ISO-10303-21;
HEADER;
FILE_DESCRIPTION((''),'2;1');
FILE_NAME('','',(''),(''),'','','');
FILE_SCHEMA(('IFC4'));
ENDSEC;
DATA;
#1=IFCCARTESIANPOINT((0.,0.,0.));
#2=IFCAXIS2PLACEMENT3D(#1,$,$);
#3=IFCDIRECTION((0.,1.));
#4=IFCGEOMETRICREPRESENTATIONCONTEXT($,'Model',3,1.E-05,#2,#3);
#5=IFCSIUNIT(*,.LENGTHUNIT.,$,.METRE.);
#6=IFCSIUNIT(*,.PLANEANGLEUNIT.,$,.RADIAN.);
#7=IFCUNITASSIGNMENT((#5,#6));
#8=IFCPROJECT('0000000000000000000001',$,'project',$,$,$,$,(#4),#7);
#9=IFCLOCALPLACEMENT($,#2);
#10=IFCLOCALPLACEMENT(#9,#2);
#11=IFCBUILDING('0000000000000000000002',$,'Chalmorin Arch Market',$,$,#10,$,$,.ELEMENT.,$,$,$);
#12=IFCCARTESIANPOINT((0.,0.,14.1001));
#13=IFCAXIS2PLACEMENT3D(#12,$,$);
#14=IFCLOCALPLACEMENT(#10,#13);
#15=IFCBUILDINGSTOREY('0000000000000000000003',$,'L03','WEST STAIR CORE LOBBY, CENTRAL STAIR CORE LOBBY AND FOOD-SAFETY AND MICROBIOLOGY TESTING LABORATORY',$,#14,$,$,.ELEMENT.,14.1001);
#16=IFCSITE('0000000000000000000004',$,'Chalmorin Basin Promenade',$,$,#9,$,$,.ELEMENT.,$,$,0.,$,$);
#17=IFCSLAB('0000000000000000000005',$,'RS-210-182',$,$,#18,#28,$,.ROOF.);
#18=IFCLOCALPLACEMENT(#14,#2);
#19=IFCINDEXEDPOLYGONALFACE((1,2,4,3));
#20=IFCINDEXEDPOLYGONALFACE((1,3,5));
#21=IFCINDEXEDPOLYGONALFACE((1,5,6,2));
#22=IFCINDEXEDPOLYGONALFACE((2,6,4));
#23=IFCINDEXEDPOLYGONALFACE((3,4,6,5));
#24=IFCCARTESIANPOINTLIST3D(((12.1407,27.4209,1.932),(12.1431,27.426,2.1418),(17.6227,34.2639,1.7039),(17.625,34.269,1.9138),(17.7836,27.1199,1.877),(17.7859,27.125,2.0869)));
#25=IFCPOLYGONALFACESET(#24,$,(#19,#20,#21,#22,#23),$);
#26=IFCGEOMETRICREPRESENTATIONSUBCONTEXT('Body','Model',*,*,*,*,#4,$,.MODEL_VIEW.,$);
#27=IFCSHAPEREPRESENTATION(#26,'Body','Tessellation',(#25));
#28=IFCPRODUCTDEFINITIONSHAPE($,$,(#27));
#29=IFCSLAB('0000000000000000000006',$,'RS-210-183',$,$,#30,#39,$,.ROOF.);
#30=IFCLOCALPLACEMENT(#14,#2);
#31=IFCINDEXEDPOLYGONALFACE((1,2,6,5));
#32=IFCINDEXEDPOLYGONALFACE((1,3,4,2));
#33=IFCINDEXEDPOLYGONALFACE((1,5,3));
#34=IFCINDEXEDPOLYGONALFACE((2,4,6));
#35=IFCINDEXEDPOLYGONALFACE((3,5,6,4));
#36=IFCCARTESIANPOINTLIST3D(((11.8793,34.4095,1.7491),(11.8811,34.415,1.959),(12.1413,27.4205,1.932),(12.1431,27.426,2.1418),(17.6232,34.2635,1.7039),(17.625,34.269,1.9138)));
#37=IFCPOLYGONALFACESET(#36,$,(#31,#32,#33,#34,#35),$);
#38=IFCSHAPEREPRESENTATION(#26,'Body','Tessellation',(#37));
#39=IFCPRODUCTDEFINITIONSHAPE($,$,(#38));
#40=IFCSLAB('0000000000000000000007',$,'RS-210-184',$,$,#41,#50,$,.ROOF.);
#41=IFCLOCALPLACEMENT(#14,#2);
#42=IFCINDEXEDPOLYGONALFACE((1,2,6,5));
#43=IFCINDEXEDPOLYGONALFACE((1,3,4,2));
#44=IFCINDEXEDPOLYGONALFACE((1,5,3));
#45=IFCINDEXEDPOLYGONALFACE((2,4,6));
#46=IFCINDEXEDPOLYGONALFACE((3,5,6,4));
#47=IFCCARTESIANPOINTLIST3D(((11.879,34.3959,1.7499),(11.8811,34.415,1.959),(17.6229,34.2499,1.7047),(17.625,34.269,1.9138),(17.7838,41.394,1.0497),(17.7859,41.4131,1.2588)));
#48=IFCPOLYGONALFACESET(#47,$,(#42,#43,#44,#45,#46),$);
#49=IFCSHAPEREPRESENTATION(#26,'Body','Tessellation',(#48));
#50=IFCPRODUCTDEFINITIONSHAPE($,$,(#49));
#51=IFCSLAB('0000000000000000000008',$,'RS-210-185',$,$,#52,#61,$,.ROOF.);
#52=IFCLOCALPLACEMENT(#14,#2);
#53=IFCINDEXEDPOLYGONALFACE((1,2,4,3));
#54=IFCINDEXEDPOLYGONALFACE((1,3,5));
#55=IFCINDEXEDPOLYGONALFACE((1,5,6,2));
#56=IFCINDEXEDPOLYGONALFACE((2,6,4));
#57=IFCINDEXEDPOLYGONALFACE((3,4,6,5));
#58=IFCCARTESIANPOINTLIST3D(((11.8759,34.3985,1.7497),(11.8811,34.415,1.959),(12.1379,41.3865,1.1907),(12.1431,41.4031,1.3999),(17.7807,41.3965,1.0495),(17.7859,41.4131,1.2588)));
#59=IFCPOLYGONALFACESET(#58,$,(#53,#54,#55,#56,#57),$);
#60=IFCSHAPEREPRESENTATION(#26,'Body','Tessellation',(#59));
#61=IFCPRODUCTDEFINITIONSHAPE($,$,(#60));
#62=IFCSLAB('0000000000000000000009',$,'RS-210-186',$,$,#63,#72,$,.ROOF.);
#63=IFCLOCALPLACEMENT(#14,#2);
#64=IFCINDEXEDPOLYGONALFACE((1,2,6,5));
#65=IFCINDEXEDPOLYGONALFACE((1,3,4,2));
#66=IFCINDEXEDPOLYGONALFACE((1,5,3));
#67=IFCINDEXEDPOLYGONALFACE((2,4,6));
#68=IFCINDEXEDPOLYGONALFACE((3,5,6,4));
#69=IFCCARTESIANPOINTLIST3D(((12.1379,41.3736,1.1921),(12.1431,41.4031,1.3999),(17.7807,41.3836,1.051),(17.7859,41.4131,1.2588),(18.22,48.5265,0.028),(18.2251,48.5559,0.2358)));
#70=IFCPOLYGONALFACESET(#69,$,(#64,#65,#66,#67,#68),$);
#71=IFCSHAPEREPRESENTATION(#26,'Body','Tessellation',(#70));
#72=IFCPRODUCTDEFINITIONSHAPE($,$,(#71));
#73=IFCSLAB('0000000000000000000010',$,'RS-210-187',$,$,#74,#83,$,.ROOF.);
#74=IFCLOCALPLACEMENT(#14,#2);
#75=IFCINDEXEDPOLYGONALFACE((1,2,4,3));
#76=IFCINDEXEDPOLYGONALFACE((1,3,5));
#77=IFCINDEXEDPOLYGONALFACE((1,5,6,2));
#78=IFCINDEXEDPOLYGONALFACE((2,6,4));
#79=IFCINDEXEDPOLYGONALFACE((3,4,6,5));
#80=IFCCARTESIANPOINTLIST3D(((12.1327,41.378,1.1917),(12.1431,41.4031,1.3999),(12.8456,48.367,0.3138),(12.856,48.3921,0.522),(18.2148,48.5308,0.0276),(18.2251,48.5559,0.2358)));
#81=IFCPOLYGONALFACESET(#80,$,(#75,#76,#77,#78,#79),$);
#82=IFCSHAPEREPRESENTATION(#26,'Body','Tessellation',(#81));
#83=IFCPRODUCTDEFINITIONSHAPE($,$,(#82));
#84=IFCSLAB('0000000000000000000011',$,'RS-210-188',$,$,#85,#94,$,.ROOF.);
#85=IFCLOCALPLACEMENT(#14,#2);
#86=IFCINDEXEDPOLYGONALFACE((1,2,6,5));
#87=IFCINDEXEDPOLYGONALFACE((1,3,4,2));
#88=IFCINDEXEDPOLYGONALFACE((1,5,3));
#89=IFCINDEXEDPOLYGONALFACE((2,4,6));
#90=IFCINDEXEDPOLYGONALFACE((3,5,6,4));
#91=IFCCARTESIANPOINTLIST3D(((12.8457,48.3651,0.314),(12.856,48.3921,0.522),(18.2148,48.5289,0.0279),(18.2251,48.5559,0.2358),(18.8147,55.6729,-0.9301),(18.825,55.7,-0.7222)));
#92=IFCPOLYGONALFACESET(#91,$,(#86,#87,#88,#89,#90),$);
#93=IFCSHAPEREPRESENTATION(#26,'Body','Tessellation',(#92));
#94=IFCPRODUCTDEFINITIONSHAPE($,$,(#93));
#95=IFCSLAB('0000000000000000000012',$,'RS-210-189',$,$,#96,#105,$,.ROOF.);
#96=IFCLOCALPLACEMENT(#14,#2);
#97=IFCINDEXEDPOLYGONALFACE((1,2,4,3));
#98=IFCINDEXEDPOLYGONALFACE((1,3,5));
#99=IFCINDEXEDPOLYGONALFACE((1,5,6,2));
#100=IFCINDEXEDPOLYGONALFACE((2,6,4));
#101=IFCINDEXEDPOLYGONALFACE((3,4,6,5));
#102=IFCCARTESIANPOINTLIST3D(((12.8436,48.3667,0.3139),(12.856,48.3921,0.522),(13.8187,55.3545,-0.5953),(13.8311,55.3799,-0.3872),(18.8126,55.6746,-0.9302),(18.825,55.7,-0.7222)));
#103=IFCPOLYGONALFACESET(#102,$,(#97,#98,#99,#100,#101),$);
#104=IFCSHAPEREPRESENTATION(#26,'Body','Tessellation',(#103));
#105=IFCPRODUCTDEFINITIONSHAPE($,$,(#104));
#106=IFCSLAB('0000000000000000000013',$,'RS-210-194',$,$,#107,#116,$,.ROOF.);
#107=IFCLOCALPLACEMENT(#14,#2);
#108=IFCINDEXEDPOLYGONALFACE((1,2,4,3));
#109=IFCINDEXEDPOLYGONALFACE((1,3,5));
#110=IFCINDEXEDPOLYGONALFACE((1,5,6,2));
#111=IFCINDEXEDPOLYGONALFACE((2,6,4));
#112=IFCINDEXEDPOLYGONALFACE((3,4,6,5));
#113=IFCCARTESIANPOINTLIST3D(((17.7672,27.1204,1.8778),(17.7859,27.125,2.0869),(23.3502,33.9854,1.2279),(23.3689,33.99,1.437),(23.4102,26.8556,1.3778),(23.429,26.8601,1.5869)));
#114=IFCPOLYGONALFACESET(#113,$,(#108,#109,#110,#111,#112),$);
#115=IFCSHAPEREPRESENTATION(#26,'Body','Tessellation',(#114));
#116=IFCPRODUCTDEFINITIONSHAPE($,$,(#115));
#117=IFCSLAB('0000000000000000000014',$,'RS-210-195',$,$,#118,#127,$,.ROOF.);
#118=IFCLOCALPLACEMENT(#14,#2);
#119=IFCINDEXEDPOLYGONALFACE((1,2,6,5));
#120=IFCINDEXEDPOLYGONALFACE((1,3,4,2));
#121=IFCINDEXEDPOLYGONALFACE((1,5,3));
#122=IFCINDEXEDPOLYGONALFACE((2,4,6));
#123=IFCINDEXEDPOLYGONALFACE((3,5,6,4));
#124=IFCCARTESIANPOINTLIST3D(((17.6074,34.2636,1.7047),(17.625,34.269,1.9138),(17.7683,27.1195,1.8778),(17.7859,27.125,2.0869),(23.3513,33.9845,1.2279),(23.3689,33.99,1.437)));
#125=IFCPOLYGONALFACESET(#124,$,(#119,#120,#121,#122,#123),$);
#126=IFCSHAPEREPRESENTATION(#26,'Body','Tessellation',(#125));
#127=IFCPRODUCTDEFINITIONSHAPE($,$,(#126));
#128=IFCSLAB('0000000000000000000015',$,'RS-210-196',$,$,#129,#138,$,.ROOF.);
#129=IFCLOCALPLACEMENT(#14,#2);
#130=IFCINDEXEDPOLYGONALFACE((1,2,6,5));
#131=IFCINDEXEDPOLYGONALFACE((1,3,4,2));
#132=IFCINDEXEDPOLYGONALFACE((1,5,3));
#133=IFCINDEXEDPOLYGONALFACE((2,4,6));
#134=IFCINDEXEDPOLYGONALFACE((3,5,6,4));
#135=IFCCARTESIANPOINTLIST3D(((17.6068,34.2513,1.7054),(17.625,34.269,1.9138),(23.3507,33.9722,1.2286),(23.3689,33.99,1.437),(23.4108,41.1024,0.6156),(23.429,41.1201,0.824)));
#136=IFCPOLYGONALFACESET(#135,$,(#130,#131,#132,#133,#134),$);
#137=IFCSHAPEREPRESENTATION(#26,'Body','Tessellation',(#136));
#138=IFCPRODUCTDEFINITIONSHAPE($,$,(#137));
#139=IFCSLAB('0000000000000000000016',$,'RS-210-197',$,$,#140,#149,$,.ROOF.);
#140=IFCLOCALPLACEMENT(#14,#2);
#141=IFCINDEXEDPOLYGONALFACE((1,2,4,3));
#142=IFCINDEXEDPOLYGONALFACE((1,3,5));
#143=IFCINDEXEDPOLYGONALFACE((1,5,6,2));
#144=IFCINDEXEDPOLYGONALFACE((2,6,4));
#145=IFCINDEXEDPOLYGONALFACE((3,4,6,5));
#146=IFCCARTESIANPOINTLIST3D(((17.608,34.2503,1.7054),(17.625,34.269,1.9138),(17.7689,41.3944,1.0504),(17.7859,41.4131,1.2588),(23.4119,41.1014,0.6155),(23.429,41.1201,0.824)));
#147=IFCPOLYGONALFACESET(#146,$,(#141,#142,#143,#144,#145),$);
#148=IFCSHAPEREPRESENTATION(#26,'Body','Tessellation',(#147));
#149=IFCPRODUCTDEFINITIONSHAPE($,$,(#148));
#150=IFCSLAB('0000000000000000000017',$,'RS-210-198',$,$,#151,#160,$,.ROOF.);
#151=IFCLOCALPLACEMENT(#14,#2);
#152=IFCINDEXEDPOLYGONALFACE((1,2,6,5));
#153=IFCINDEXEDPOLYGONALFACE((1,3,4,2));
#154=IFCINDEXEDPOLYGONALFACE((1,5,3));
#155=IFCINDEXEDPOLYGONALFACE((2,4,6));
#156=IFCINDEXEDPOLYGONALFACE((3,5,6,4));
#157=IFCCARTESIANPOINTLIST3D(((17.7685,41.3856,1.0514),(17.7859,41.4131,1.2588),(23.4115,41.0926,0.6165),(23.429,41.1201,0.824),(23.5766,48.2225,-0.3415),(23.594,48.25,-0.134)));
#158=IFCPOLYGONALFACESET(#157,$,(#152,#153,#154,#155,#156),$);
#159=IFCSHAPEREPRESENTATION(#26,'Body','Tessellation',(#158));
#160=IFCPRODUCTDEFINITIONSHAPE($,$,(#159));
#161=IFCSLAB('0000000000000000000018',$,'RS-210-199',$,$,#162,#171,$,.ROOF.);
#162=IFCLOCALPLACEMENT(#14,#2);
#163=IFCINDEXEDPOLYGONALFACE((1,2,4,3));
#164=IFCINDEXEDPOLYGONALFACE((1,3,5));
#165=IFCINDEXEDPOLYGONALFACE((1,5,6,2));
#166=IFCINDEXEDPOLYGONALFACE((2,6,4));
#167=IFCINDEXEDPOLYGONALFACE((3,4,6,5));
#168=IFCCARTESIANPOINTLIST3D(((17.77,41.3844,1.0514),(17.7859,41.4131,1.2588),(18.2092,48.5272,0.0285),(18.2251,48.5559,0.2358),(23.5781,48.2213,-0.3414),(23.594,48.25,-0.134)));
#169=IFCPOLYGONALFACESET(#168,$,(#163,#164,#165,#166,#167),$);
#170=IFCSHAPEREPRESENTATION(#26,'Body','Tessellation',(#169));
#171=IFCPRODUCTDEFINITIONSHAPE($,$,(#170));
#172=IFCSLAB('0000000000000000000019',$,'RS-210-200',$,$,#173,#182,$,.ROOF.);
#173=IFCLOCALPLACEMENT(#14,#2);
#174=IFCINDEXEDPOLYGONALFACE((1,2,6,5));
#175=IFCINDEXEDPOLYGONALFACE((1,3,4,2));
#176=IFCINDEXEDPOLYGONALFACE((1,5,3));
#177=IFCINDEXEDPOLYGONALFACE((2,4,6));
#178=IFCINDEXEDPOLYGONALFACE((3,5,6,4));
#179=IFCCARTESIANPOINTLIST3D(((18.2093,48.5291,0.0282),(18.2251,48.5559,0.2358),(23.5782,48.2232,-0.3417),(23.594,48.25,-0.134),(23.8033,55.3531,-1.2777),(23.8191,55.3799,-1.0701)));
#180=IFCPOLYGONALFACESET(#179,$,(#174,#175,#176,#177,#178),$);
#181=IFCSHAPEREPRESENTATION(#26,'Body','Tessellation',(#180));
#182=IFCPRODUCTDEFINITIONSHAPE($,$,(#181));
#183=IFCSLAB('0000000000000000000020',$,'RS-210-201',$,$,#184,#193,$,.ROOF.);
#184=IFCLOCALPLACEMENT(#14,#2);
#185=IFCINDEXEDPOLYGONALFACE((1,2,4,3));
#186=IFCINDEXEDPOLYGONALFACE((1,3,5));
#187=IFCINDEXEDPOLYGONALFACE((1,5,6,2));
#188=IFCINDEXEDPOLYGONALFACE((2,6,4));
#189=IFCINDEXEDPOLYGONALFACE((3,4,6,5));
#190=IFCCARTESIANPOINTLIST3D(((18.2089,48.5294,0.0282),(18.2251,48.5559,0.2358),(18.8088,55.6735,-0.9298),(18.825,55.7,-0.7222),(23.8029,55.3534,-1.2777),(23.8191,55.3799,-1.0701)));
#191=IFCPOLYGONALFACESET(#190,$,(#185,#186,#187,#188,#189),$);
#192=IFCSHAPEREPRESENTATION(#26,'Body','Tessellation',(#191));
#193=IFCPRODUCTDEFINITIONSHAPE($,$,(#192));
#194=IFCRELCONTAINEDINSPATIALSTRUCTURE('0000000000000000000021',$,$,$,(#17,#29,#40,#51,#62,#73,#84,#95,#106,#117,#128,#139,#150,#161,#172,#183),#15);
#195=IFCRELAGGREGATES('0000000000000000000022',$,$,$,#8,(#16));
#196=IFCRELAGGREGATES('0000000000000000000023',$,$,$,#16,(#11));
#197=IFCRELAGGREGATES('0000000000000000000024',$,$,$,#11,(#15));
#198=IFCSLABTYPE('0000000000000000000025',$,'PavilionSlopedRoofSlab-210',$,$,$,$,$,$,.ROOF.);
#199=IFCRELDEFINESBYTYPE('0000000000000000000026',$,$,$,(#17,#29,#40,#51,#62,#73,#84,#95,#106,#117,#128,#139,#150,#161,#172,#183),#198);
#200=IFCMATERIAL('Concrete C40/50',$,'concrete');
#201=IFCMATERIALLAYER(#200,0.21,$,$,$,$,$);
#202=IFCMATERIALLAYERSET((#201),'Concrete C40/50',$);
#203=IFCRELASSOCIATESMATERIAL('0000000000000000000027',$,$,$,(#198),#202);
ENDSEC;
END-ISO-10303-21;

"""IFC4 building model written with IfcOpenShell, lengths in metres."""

from ifc_helpers import new_model, si_unit, direction, frame, origin, place, context, subcontext, project, spatial, polyline, outline, extrude, material, layer, layer_set, type_object, element, save


model = new_model("IFC4")

# Units and contexts
model_context = context("Model", 3, precision=1e-05, world=origin(), true_north=direction((0.0, 1.0)))
body_context = subcontext(model_context, "Body", "Model", "MODEL_VIEW")
ifc_project = project(units=[si_unit("LENGTHUNIT", "METRE"), si_unit("PLANEANGLEUNIT", "RADIAN")], contexts=[model_context])

# Site, building, storey
site_placement = place(None, origin())
site = spatial("IfcSite", under=ifc_project, at=site_placement, Name="Chalmorin Basin Promenade", CompositionType="ELEMENT", RefElevation=0.0)
building_placement = place(site_placement, origin())
building = spatial("IfcBuilding", under=site, at=building_placement, Name="Chalmorin Arch Market", CompositionType="ELEMENT")
storey_placement = place(building_placement, frame((0.0, 0.0, 14.1001)))
storey = spatial("IfcBuildingStorey", under=building, at=storey_placement, Name="L03", Description="WEST STAIR CORE LOBBY, CENTRAL STAIR CORE LOBBY AND FOOD-SAFETY AND MICROBIOLOGY TESTING LABORATORY", CompositionType="ELEMENT", Elevation=14.1001)

# Slabs
ifc_material = material(Name="Concrete C40/50", Category="concrete")
ifc_layer = layer(ifc_material, 0.21)
ifc_layer_set = layer_set([ifc_layer], Name="Concrete C40/50")
slab_type = type_object("IfcSlabType", Name="PavilionSlopedRoofSlab-210", PredefinedType="ROOF", material=ifc_layer_set)
slab_1_placement = place(storey_placement, frame((12.1431, 27.426, 2.1418), z_axis=(0.011037, 0.024469, 0.99964), x_axis=(0.998533, -0.053268, -0.00972)))
element("IfcSlab", 1, at=slab_1_placement, inside=storey, type_object=slab_type, Name="RS-210-182", PredefinedType="ROOF", context=body_context, shape_type="SweptSolid", body=[
    extrude(outline(polyline([(0.0, 0.0), (5.6511, 0.0), (5.1116, 7.1276), (0.0, 0.0)])), origin(), (0.0, 0.0, -1.0), 0.21),
])
slab_2_placement = place(storey_placement, frame((12.1431, 27.426, 2.1418), z_axis=(0.008533, 0.026474, 0.999613), x_axis=(0.625007, 0.780186, -0.025998)))
element("IfcSlab", 2, at=slab_2_placement, inside=storey, type_object=slab_type, Name="RS-210-183", PredefinedType="ROOF", context=body_context, shape_type="SweptSolid", body=[
    extrude(outline(polyline([(0.0, 0.0), (8.771, 0.0), (5.2938, 4.5743), (0.0, 0.0)])), origin(), (0.0, 0.0, -1.0), 0.21),
])
slab_3_placement = place(storey_placement, frame((11.8811, 34.415, 1.959), z_axis=(0.010145, 0.091075, 0.995792), x_axis=(0.999646, -0.025409, -0.007861)))
element("IfcSlab", 3, at=slab_3_placement, inside=storey, type_object=slab_type, Name="RS-210-184", PredefinedType="ROOF", context=body_context, shape_type="SweptSolid", body=[
    extrude(outline(polyline([(0.0, 0.0), (5.7459, 0.0), (5.7304, 7.1758), (0.0, 0.0)])), origin(), (0.0, 0.0, -1.0), 0.21),
])
slab_4_placement = place(storey_placement, frame((11.8811, 34.415, 1.959), z_axis=(0.024782, 0.078803, 0.996582), x_axis=(0.643005, 0.762057, -0.076248)))
element("IfcSlab", 4, at=slab_4_placement, inside=storey, type_object=slab_type, Name="RS-210-185", PredefinedType="ROOF", context=body_context, shape_type="SweptSolid", body=[
    extrude(outline(polyline([(0.0, 0.0), (9.1831, 0.0), (5.5364, 4.3084), (0.0, 0.0)])), origin(), (0.0, 0.0, -1.0), 0.21),
])
slab_5_placement = place(storey_placement, frame((12.1431, 41.4031, 1.3999), z_axis=(0.024504, 0.140248, 0.989813), x_axis=(0.999686, 0.001773, -0.025)))
element("IfcSlab", 5, at=slab_5_placement, inside=storey, type_object=slab_type, Name="RS-210-186", PredefinedType="ROOF", context=body_context, shape_type="SweptSolid", body=[
    extrude(outline(polyline([(0.0, 0.0), (5.6446, 0.0), (6.1219, 7.2133), (0.0, 0.0)])), origin(), (0.0, 0.0, -1.0), 0.21),
])
slab_6_placement = place(storey_placement, frame((12.1431, 41.4031, 1.3999), z_axis=(0.049198, 0.119543, 0.991609), x_axis=(0.642858, 0.756039, -0.123039)))
element("IfcSlab", 6, at=slab_6_placement, inside=storey, type_object=slab_type, Name="RS-210-187", PredefinedType="ROOF", context=body_context, shape_type="SweptSolid", body=[
    extrude(outline(polyline([(0.0, 0.0), (9.4609, 0.0), (5.8503, 3.9874), (0.0, 0.0)])), origin(), (0.0, 0.0, -1.0), 0.21),
])
slab_7_placement = place(storey_placement, frame((12.856, 48.3921, 0.522), z_axis=(0.048857, 0.128719, 0.990477), x_axis=(0.99812, 0.030454, -0.053192)))
element("IfcSlab", 7, at=slab_7_placement, inside=storey, type_object=slab_type, Name="RS-210-188", PredefinedType="ROOF", context=body_context, shape_type="SweptSolid", body=[
    extrude(outline(polyline([(0.0, 0.0), (5.3793, 0.0), (6.2465, 7.1807), (0.0, 0.0)])), origin(), (0.0, 0.0, -1.0), 0.21),
])
slab_8_placement = place(storey_placement, frame((12.856, 48.3921, 0.522), z_axis=(0.058729, 0.120737, 0.990946), x_axis=(0.627164, 0.767839, -0.130722)))
element("IfcSlab", 8, at=slab_8_placement, inside=storey, type_object=slab_type, Name="RS-210-189", PredefinedType="ROOF", context=body_context, shape_type="SweptSolid", body=[
    extrude(outline(polyline([(0.0, 0.0), (9.5174, 0.0), (6.0959, 3.667), (0.0, 0.0)])), origin(), (0.0, 0.0, -1.0), 0.21),
])
slab_9_placement = place(storey_placement, frame((17.7859, 27.125, 2.0869), z_axis=(0.089248, 0.021687, 0.995773), x_axis=(0.99501, -0.046707, -0.088162)))
element("IfcSlab", 9, at=slab_9_placement, inside=storey, type_object=slab_type, Name="RS-210-194", PredefinedType="ROOF", context=body_context, shape_type="SweptSolid", body=[
    extrude(outline(polyline([(0.0, 0.0), (5.6714, 0.0), (5.2918, 7.1216), (0.0, 0.0)])), origin(), (0.0, 0.0, -1.0), 0.21),
])
slab_10_placement = place(storey_placement, frame((17.7859, 27.125, 2.0869), z_axis=(0.083954, 0.026026, 0.99613), x_axis=(0.629252, 0.773742, -0.073249)))
element("IfcSlab", 10, at=slab_10_placement, inside=storey, type_object=slab_type, Name="RS-210-195", PredefinedType="ROOF", context=body_context, shape_type="SweptSolid", body=[
    extrude(outline(polyline([(0.0, 0.0), (8.8725, 0.0), (5.4391, 4.6378), (0.0, 0.0)])), origin(), (0.0, 0.0, -1.0), 0.21),
])
slab_11_placement = place(storey_placement, frame((17.625, 34.269, 1.9138), z_axis=(0.086512, 0.084618, 0.992651), x_axis=(0.995406, -0.048359, -0.08263)))
element("IfcSlab", 11, at=slab_11_placement, inside=storey, type_object=slab_type, Name="RS-210-196", PredefinedType="ROOF", context=body_context, shape_type="SweptSolid", body=[
    extrude(outline(polyline([(0.0, 0.0), (5.7704, 0.0), (5.536, 7.1528), (0.0, 0.0)])), origin(), (0.0, 0.0, -1.0), 0.21),
])
slab_12_placement = place(storey_placement, frame((17.625, 34.269, 1.9138), z_axis=(0.081121, 0.089193, 0.992705), x_axis=(0.64168, 0.757449, -0.120492)))
element("IfcSlab", 12, at=slab_12_placement, inside=storey, type_object=slab_type, Name="RS-210-197", PredefinedType="ROOF", context=body_context, shape_type="SweptSolid", body=[
    extrude(outline(polyline([(0.0, 0.0), (9.0449, 0.0), (5.5934, 4.4951), (0.0, 0.0)])), origin(), (0.0, 0.0, -1.0), 0.21),
])
slab_13_placement = place(storey_placement, frame((17.7859, 41.4131, 1.2588), z_axis=(0.082915, 0.130824, 0.987932), x_axis=(0.995712, -0.051694, -0.076722)))
element("IfcSlab", 13, at=slab_13_placement, inside=storey, type_object=slab_type, Name="RS-210-198", PredefinedType="ROOF", context=body_context, shape_type="SweptSolid", body=[
    extrude(outline(polyline([(0.0, 0.0), (5.6674, 0.0), (5.5366, 7.1947), (0.0, 0.0)])), origin(), (0.0, 0.0, -1.0), 0.21),
])
slab_14_placement = place(storey_placement, frame((17.7859, 41.4131, 1.2588), z_axis=(0.075838, 0.136788, 0.987693), x_axis=(0.639772, 0.753096, -0.153421)))
element("IfcSlab", 14, at=slab_14_placement, inside=storey, type_object=slab_type, Name="RS-210-199", PredefinedType="ROOF", context=body_context, shape_type="SweptSolid", body=[
    extrude(outline(polyline([(0.0, 0.0), (9.0784, 0.0), (5.8172, 4.2918), (0.0, 0.0)])), origin(), (0.0, 0.0, -1.0), 0.21),
])
slab_15_placement = place(storey_placement, frame((18.2251, 48.5559, 0.2358), z_axis=(0.075394, 0.127456, 0.988975), x_axis=(0.996028, -0.056752, -0.068618)))
element("IfcSlab", 15, at=slab_15_placement, inside=storey, type_object=slab_type, Name="RS-210-200", PredefinedType="ROOF", context=body_context, shape_type="SweptSolid", body=[
    extrude(outline(polyline([(0.0, 0.0), (5.3903, 0.0), (5.2741, 7.1936), (0.0, 0.0)])), origin(), (0.0, 0.0, -1.0), 0.21),
])
slab_16_placement = place(storey_placement, frame((18.2251, 48.5559, 0.2358), z_axis=(0.076982, 0.126162, 0.989018), x_axis=(0.627136, 0.765027, -0.146404)))
element("IfcSlab", 16, at=slab_16_placement, inside=storey, type_object=slab_type, Name="RS-210-201", PredefinedType="ROOF", context=body_context, shape_type="SweptSolid", body=[
    extrude(outline(polyline([(0.0, 0.0), (8.9199, 0.0), (5.9818, 4.066), (0.0, 0.0)])), origin(), (0.0, 0.0, -1.0), 0.21),
])

save(model, "model.ifc")
